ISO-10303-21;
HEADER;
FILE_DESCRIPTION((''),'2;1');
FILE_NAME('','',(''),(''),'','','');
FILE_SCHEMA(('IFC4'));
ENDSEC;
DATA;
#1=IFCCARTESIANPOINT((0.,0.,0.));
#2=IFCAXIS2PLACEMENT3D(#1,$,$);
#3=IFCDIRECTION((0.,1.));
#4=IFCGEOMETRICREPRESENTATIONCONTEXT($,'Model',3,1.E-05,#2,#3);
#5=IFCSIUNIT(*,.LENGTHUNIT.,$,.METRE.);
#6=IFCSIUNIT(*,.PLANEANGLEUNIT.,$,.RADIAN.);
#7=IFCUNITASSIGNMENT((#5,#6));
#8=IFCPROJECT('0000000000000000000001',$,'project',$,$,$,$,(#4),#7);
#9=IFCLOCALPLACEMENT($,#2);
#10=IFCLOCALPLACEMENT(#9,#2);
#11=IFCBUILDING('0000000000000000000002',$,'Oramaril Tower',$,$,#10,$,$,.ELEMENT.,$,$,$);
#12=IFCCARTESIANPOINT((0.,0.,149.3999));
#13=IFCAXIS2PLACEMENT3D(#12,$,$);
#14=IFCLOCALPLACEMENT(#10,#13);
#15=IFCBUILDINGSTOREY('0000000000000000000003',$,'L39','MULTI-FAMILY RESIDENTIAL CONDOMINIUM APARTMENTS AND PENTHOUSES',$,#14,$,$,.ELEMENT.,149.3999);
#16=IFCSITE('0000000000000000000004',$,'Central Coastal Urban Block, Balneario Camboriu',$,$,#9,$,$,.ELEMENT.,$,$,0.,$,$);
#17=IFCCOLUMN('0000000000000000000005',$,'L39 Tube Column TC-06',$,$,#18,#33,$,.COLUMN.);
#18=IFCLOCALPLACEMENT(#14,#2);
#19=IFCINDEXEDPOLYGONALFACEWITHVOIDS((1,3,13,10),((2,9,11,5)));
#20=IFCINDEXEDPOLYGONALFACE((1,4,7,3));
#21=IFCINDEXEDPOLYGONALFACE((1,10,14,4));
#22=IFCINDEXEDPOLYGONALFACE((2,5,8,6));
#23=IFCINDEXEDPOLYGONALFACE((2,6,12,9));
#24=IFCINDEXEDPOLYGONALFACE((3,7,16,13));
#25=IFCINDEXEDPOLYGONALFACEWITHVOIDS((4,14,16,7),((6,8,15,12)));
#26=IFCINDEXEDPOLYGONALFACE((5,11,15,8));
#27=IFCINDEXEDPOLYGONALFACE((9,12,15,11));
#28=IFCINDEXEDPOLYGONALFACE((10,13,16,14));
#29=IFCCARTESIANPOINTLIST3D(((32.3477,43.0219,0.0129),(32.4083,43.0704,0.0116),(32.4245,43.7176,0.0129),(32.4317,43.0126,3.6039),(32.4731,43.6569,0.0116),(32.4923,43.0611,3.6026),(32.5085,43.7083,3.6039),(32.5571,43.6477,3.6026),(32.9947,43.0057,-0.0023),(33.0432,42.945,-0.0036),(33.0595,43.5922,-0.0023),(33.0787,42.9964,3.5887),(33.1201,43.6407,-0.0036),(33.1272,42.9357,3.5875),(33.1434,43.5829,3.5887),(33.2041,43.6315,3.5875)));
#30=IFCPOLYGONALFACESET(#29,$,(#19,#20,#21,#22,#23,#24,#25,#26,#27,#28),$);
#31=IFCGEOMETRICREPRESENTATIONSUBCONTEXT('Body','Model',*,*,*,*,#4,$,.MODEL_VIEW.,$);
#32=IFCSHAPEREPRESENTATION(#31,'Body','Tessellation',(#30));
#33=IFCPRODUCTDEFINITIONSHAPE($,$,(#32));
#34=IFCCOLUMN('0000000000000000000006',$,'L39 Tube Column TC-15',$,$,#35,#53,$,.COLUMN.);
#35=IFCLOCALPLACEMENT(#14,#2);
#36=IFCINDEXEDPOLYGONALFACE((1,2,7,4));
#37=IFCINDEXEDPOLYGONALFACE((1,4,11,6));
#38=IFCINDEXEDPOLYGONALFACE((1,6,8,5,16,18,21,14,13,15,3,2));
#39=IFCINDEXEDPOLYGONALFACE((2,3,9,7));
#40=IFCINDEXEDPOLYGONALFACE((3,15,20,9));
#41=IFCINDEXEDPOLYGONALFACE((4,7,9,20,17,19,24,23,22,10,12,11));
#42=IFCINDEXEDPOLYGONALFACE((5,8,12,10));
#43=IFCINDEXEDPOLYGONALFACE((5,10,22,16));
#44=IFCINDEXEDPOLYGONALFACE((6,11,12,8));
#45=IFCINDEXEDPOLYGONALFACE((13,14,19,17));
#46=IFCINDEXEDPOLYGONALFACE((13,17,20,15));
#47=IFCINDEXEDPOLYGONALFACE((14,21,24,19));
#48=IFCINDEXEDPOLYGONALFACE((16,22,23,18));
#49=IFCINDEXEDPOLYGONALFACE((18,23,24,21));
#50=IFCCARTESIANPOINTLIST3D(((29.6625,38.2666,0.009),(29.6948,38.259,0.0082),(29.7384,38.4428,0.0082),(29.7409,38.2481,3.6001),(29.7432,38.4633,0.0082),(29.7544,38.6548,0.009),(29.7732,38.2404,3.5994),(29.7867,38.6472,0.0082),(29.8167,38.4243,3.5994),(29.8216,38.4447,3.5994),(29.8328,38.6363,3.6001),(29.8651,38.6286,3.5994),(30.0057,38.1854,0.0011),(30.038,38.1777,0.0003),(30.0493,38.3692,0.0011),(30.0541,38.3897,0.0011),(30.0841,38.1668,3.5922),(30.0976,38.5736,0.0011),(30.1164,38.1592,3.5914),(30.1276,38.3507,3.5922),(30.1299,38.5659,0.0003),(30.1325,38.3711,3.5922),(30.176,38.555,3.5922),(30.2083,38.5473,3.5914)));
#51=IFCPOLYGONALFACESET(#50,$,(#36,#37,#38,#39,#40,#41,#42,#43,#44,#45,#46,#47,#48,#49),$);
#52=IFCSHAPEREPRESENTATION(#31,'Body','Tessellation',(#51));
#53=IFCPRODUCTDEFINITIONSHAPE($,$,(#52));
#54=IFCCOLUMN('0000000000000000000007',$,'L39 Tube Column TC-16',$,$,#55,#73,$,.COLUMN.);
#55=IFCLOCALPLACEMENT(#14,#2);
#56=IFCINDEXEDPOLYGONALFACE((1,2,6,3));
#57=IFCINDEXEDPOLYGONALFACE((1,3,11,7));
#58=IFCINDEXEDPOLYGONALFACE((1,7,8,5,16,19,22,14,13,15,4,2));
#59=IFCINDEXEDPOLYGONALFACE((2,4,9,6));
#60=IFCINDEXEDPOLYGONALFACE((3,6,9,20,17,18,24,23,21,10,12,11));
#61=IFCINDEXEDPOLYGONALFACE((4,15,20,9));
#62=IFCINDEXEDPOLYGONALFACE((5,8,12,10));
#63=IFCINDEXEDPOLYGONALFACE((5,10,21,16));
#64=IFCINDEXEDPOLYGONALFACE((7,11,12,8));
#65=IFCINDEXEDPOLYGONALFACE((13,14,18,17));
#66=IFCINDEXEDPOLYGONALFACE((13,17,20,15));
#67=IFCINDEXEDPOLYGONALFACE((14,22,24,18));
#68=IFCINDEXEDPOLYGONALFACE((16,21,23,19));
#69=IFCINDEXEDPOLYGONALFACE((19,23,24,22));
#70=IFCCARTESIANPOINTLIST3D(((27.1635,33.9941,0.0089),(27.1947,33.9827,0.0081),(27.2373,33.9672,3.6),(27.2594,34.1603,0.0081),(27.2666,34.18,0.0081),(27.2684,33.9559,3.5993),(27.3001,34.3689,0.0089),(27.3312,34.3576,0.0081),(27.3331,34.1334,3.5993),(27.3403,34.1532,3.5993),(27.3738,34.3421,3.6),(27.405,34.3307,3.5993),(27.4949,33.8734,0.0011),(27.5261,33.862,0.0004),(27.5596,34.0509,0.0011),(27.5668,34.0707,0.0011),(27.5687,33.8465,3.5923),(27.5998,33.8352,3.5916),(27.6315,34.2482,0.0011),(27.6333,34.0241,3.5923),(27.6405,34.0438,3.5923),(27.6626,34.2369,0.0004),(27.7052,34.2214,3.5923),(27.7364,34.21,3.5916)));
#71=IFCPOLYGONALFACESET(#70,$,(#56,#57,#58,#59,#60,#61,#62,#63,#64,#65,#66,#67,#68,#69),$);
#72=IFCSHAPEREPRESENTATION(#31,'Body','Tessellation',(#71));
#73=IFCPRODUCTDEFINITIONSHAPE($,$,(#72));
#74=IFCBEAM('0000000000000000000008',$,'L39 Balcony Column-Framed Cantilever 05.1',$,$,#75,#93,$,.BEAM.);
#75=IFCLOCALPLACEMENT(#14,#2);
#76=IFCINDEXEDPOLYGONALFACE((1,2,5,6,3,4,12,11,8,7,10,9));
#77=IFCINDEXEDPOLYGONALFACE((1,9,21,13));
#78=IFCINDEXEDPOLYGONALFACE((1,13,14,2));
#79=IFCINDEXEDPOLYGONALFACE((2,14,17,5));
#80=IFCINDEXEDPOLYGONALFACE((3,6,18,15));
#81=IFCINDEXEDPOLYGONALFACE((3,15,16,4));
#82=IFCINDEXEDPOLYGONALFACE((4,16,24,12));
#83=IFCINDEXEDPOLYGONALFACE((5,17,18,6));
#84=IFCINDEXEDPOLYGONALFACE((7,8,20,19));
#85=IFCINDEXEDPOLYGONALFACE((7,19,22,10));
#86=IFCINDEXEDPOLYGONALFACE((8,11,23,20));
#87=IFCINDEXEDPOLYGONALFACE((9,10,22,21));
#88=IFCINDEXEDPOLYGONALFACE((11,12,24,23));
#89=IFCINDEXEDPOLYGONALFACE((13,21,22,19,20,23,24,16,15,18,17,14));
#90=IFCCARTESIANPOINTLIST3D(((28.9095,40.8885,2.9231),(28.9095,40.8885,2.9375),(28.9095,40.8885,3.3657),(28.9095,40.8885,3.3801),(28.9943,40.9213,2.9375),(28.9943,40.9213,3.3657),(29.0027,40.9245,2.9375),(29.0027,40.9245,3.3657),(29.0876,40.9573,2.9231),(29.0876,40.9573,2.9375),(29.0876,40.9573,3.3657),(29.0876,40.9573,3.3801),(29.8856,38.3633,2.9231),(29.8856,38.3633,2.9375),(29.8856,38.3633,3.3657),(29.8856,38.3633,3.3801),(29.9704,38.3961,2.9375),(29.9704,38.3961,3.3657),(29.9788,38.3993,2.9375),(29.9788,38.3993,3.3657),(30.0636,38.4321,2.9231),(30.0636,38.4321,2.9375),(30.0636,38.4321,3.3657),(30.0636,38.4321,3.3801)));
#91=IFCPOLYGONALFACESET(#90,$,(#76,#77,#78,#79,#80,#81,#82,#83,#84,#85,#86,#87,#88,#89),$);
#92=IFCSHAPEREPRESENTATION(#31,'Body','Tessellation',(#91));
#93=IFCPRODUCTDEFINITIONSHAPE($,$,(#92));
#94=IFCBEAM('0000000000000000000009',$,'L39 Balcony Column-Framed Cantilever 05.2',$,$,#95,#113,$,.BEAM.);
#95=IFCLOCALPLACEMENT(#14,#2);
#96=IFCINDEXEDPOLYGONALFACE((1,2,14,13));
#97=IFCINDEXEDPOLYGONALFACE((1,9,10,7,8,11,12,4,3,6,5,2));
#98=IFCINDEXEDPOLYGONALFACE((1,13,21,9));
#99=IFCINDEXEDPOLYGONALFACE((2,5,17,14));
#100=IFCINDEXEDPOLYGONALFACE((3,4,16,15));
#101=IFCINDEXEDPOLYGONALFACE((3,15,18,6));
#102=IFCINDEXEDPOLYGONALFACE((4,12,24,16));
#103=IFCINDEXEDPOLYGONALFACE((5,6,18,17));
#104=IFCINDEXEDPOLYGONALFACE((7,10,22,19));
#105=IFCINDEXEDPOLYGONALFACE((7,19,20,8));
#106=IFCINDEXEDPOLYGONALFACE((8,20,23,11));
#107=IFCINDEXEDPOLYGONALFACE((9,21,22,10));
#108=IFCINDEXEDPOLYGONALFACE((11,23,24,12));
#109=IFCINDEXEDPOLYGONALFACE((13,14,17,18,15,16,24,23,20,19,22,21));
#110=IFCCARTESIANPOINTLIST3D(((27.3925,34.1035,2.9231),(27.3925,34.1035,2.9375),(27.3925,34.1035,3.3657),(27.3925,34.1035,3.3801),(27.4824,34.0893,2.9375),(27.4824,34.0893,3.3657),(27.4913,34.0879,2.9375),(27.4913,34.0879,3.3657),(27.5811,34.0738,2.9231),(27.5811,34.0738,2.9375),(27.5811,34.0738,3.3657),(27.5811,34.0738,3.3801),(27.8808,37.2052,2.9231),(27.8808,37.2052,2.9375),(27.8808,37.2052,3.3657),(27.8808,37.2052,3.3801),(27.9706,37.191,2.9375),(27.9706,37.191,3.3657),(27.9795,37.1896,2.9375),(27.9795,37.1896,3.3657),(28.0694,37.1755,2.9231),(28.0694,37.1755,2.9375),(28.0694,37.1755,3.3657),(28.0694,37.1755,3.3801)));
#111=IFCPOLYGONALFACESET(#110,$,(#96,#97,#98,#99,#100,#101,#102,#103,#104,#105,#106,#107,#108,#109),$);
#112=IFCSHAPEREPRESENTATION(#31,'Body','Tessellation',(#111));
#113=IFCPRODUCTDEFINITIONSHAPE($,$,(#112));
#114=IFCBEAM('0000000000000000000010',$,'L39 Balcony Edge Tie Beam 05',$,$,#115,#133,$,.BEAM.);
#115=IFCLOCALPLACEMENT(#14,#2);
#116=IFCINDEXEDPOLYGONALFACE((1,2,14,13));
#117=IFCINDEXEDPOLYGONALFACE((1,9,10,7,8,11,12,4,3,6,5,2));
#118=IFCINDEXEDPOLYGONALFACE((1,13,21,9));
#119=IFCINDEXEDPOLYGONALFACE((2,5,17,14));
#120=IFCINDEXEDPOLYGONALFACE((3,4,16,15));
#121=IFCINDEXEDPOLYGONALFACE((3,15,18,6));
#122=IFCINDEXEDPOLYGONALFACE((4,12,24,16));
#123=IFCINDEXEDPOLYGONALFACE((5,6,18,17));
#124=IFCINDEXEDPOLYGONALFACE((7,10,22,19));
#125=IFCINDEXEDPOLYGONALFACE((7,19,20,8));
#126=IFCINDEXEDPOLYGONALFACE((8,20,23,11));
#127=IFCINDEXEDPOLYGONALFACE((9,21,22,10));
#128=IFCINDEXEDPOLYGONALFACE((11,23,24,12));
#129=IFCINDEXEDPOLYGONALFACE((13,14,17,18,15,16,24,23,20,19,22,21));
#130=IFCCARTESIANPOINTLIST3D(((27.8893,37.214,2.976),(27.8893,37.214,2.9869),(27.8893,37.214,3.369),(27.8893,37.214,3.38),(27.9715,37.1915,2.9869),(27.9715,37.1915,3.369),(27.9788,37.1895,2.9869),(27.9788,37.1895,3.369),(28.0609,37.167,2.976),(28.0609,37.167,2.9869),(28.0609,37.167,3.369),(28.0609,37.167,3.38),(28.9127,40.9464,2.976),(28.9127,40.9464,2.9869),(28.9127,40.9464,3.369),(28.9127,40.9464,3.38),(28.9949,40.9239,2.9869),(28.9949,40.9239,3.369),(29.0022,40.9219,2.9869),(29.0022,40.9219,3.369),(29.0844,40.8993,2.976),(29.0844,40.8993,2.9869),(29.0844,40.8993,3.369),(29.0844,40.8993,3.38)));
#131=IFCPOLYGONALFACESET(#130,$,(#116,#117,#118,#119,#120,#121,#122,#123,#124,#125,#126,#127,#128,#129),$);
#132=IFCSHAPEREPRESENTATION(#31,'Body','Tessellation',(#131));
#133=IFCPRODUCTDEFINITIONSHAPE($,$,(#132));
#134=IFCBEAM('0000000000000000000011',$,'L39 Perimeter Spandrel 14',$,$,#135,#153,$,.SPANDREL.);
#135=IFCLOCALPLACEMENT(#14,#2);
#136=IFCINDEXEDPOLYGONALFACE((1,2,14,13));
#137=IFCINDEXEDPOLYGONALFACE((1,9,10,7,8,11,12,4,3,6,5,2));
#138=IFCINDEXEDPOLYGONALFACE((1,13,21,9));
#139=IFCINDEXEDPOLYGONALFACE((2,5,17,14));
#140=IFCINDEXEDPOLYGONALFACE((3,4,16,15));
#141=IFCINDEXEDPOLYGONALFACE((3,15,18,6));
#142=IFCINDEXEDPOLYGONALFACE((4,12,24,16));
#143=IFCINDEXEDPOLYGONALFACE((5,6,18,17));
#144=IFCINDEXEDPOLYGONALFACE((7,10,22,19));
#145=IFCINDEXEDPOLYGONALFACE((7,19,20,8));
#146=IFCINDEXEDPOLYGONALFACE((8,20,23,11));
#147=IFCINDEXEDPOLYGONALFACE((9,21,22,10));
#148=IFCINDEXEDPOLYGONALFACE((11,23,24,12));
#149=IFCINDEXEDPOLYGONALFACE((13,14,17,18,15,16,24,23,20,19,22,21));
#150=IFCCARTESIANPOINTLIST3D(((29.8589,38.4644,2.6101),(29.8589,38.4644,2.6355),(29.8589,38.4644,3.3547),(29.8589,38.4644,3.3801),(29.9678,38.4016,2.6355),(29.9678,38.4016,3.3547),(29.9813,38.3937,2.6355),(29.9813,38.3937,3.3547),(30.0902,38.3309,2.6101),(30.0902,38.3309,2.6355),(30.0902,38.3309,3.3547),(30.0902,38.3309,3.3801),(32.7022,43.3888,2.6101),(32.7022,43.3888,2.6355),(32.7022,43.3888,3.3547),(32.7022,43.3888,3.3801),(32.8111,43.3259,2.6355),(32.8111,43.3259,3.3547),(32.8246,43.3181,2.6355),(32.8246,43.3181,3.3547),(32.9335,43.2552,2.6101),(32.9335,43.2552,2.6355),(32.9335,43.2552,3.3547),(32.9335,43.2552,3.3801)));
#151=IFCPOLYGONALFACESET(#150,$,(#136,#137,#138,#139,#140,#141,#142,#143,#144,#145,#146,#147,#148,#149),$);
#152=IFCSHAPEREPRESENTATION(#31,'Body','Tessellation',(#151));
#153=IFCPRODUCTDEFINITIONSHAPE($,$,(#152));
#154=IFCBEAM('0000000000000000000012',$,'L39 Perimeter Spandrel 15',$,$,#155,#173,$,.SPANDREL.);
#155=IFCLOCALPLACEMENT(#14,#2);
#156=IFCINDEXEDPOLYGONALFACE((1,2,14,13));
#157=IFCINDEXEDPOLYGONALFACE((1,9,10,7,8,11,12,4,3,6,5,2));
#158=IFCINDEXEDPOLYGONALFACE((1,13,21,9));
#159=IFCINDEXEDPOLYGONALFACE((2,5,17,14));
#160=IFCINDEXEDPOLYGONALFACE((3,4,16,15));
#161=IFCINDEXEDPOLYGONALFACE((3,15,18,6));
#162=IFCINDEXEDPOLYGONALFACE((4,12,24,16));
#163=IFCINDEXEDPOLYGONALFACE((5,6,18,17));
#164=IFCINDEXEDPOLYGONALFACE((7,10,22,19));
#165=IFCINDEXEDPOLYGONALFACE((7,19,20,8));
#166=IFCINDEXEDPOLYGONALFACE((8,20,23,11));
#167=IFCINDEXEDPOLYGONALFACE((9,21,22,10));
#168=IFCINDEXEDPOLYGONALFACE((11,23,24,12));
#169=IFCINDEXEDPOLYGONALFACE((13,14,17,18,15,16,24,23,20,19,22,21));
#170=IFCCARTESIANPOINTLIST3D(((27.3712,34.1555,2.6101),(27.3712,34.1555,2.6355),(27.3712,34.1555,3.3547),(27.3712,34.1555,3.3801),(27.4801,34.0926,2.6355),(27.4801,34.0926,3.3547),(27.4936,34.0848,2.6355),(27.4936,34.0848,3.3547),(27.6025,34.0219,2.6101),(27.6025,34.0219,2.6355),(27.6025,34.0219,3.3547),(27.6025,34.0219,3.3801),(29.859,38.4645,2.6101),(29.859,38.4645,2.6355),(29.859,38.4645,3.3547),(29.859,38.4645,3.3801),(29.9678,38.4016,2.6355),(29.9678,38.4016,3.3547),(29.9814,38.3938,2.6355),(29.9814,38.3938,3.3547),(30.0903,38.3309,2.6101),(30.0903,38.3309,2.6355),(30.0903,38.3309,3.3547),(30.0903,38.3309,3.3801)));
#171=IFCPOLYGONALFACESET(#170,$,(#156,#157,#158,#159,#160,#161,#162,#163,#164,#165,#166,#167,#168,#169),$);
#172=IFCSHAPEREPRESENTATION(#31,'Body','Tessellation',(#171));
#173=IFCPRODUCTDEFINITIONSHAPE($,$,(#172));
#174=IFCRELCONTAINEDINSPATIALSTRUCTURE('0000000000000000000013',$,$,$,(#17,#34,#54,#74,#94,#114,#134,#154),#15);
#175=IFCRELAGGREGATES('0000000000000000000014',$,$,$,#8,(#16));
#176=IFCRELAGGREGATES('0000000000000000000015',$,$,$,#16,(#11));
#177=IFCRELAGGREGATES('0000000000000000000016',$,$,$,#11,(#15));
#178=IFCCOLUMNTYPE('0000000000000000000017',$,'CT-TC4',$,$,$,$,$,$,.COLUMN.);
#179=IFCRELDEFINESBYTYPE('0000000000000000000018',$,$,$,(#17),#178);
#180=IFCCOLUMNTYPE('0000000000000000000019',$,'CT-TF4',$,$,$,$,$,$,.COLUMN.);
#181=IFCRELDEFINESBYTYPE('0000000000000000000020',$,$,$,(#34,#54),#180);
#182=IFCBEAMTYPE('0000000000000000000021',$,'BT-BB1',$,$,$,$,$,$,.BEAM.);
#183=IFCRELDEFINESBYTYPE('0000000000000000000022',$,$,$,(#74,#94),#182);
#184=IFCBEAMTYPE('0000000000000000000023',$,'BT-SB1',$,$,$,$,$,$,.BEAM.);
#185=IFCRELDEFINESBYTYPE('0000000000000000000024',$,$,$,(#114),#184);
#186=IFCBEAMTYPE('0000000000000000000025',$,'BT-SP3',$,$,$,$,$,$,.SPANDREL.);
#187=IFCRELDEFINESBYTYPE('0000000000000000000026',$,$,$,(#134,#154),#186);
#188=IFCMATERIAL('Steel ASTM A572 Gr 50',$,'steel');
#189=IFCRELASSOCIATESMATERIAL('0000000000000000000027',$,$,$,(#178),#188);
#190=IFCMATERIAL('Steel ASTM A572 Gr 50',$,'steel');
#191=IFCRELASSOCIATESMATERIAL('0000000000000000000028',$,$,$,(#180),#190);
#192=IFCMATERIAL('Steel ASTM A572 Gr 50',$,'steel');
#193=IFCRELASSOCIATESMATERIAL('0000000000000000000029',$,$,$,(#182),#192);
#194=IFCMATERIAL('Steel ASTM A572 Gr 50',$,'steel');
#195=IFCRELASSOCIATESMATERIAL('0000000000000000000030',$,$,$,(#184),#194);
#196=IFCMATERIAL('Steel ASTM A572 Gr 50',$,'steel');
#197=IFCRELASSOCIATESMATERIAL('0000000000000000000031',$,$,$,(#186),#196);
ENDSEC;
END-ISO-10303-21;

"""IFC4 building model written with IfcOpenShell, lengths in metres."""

from ifc_helpers import new_model, si_unit, direction, frame, origin, origin_2d, place, context, subcontext, project, spatial, hollow_rectangle, i_section, extrude, material, material_profile, profile_set, type_object, element, save


model = new_model("IFC4")

# Units and contexts
model_context = context("Model", 3, precision=1e-05, world=origin(), true_north=direction((0.0, 1.0)))
body_context = subcontext(model_context, "Body", "Model", "MODEL_VIEW")
ifc_project = project(units=[si_unit("LENGTHUNIT", "METRE"), si_unit("PLANEANGLEUNIT", "RADIAN")], contexts=[model_context])

# Site, building, storey
site_placement = place(None, origin())
site = spatial("IfcSite", under=ifc_project, at=site_placement, Name="Central Coastal Urban Block, Balneario Camboriu", CompositionType="ELEMENT", RefElevation=0.0)
building_placement = place(site_placement, origin())
building = spatial("IfcBuilding", under=site, at=building_placement, Name="Oramaril Tower", CompositionType="ELEMENT")
storey_placement = place(building_placement, frame((0.0, 0.0, 149.3999)))
storey = spatial("IfcBuildingStorey", under=building, at=storey_placement, Name="L39", Description="MULTI-FAMILY RESIDENTIAL CONDOMINIUM APARTMENTS AND PENTHOUSES", CompositionType="ELEMENT", Elevation=149.3999)

# Columns
ifc_material_1 = material(Name="Steel ASTM A572 Gr 50", Category="steel")
ifc_material_profile_1 = material_profile(ifc_material_1, hollow_rectangle(XDim=0.7, YDim=0.7, WallThickness=0.0549, at=origin_2d()), Name="BOX700X700X55")
ifc_profile_set_1 = profile_set([ifc_material_profile_1], Name="Steel ASTM A572 Gr 50")
column_type_1 = type_object("IfcColumnType", Name="CT-TC4", PredefinedType="COLUMN", material=ifc_profile_set_1)
column_placement = place(storey_placement, frame((32.7339, 43.3313, 0.0046), z_axis=(0.023381, -0.002583, 0.999723), x_axis=(0.109797, 0.993954, 0.0)))
element("IfcColumn", 1, at=column_placement, inside=storey, type_object=column_type_1, Name="L39 Tube Column TC-06", PredefinedType="COLUMN", context=body_context, shape_type="SweptSolid", body=[
    extrude(hollow_rectangle(XDim=0.7, YDim=0.7, WallThickness=0.0549, at=origin_2d()), origin(), (0.0, 0.0, 1.0), 3.592),
])
ifc_material_2 = material(Name="Steel ASTM A572 Gr 50", Category="steel")
ifc_material_profile_2 = material_profile(ifc_material_2, i_section(OverallWidth=0.3989, OverallDepth=0.386, WebThickness=0.021, FlangeThickness=0.0332, at=origin_2d()), Name="W14X176")
ifc_profile_set_2 = profile_set([ifc_material_profile_2], Name="Steel ASTM A572 Gr 50")
column_type_2 = type_object("IfcColumnType", Name="CT-TF4", PredefinedType="COLUMN", material=ifc_profile_set_2)
for number, where, z_axis, x_axis, name in (
    (2, (29.8962, 38.4163, 0.0046), (0.021818, -0.005166, 0.999749), (0.230391, 0.973098, 0.0), "L39 Tube Column TC-15"),
    (3, (27.4131, 34.1155, 0.0046), (0.020527, -0.007477, 0.999761), (0.342243, 0.939612, 0.0), "L39 Tube Column TC-16"),
):
    element("IfcColumn", number, at=place(storey_placement, frame(where, z_axis=z_axis, x_axis=x_axis)), inside=storey, type_object=column_type_2, Name=name, PredefinedType="COLUMN", context=body_context, shape_type="SweptSolid", body=[
        extrude(i_section(OverallWidth=0.3989, OverallDepth=0.386, WebThickness=0.021, FlangeThickness=0.0332, at=origin_2d()), origin(), (0.0, 0.0, 1.0), 3.592),
    ])

# Beams
ifc_material_3 = material(Name="Steel ASTM A572 Gr 50", Category="steel")
ifc_material_profile_3 = material_profile(ifc_material_3, i_section(OverallWidth=0.1909, OverallDepth=0.457, WebThickness=0.009, FlangeThickness=0.0144, at=origin_2d()), Name="W18X50")
ifc_profile_set_3 = profile_set([ifc_material_profile_3], Name="Steel ASTM A572 Gr 50")
beam_type_1 = type_object("IfcBeamType", Name="BT-BB1", PredefinedType="BEAM", material=ifc_profile_set_3)
beam_1_placement = place(storey_placement, frame((29.9746, 38.3977, 3.1516), z_axis=(-0.360544, 0.932742, 0.0), x_axis=(-0.932742, -0.360544, 0.0)))
element("IfcBeam", 4, at=beam_1_placement, inside=storey, type_object=beam_type_1, Name="L39 Balcony Column-Framed Cantilever 05.1", PredefinedType="BEAM", context=body_context, shape_type="SweptSolid", body=[
    extrude(i_section(OverallWidth=0.1909, OverallDepth=0.457, WebThickness=0.009, FlangeThickness=0.0144, at=origin_2d()), origin(), (0.0, 0.0, 1.0), 2.7073),
])
beam_2_placement = place(storey_placement, frame((27.4868, 34.0886, 3.1516), z_axis=(0.155503, 0.987835, 0.0), x_axis=(-0.987835, 0.155503, 0.0)))
element("IfcBeam", 5, at=beam_2_placement, inside=storey, type_object=beam_type_1, Name="L39 Balcony Column-Framed Cantilever 05.2", PredefinedType="BEAM", context=body_context, shape_type="SweptSolid", body=[
    extrude(i_section(OverallWidth=0.1909, OverallDepth=0.457, WebThickness=0.009, FlangeThickness=0.0144, at=origin_2d()), origin(), (0.0, 0.0, 1.0), 3.1399),
])
ifc_material_4 = material(Name="Steel ASTM A572 Gr 50", Category="steel")
ifc_material_profile_4 = material_profile(ifc_material_4, i_section(OverallWidth=0.178, OverallDepth=0.4041, WebThickness=0.0076, FlangeThickness=0.011, at=origin_2d()), Name="W16X36")
ifc_profile_set_4 = profile_set([ifc_material_profile_4], Name="Steel ASTM A572 Gr 50")
beam_type_2 = type_object("IfcBeamType", Name="BT-SB1", PredefinedType="BEAM", material=ifc_profile_set_4)
beam_3_placement = place(storey_placement, frame((28.9985, 40.9229, 3.178), z_axis=(-0.264441, -0.964402, 0.0), x_axis=(0.964402, -0.264441, 0.0)))
element("IfcBeam", 6, at=beam_3_placement, inside=storey, type_object=beam_type_2, Name="L39 Balcony Edge Tie Beam 05", PredefinedType="BEAM", context=body_context, shape_type="SweptSolid", body=[
    extrude(i_section(OverallWidth=0.178, OverallDepth=0.4041, WebThickness=0.0076, FlangeThickness=0.011, at=origin_2d()), origin(), (0.0, 0.0, 1.0), 3.8701),
])
ifc_material_5 = material(Name="Steel ASTM A572 Gr 50", Category="steel")
ifc_material_profile_5 = material_profile(ifc_material_5, i_section(OverallWidth=0.2671, OverallDepth=0.77, WebThickness=0.0156, FlangeThickness=0.0254, at=origin_2d()), Name="W30X132")
ifc_profile_set_5 = profile_set([ifc_material_profile_5], Name="Steel ASTM A572 Gr 50")
beam_type_3 = type_object("IfcBeamType", Name="BT-SP3", PredefinedType="SPANDREL", material=ifc_profile_set_5)
beam_4_placement = place(storey_placement, frame((32.8179, 43.322, 2.9951), z_axis=(-0.500027, -0.86601, 0.0), x_axis=(0.86601, -0.500027, 0.0)))
element("IfcBeam", 7, at=beam_4_placement, inside=storey, type_object=beam_type_3, Name="L39 Perimeter Spandrel 14", PredefinedType="SPANDREL", context=body_context, shape_type="SweptSolid", body=[
    extrude(i_section(OverallWidth=0.2671, OverallDepth=0.77, WebThickness=0.0156, FlangeThickness=0.0254, at=origin_2d()), origin(), (0.0, 0.0, 1.0), 5.6863),
])
beam_5_placement = place(storey_placement, frame((29.9746, 38.3977, 2.9951), z_axis=(-0.499991, -0.86603, 0.0), x_axis=(0.86603, -0.499991, 0.0)))
element("IfcBeam", 8, at=beam_5_placement, inside=storey, type_object=beam_type_3, Name="L39 Perimeter Spandrel 15", PredefinedType="SPANDREL", context=body_context, shape_type="SweptSolid", body=[
    extrude(i_section(OverallWidth=0.2671, OverallDepth=0.77, WebThickness=0.0156, FlangeThickness=0.0254, at=origin_2d()), origin(), (0.0, 0.0, 1.0), 4.9756),
])

save(model, "model.ifc")
